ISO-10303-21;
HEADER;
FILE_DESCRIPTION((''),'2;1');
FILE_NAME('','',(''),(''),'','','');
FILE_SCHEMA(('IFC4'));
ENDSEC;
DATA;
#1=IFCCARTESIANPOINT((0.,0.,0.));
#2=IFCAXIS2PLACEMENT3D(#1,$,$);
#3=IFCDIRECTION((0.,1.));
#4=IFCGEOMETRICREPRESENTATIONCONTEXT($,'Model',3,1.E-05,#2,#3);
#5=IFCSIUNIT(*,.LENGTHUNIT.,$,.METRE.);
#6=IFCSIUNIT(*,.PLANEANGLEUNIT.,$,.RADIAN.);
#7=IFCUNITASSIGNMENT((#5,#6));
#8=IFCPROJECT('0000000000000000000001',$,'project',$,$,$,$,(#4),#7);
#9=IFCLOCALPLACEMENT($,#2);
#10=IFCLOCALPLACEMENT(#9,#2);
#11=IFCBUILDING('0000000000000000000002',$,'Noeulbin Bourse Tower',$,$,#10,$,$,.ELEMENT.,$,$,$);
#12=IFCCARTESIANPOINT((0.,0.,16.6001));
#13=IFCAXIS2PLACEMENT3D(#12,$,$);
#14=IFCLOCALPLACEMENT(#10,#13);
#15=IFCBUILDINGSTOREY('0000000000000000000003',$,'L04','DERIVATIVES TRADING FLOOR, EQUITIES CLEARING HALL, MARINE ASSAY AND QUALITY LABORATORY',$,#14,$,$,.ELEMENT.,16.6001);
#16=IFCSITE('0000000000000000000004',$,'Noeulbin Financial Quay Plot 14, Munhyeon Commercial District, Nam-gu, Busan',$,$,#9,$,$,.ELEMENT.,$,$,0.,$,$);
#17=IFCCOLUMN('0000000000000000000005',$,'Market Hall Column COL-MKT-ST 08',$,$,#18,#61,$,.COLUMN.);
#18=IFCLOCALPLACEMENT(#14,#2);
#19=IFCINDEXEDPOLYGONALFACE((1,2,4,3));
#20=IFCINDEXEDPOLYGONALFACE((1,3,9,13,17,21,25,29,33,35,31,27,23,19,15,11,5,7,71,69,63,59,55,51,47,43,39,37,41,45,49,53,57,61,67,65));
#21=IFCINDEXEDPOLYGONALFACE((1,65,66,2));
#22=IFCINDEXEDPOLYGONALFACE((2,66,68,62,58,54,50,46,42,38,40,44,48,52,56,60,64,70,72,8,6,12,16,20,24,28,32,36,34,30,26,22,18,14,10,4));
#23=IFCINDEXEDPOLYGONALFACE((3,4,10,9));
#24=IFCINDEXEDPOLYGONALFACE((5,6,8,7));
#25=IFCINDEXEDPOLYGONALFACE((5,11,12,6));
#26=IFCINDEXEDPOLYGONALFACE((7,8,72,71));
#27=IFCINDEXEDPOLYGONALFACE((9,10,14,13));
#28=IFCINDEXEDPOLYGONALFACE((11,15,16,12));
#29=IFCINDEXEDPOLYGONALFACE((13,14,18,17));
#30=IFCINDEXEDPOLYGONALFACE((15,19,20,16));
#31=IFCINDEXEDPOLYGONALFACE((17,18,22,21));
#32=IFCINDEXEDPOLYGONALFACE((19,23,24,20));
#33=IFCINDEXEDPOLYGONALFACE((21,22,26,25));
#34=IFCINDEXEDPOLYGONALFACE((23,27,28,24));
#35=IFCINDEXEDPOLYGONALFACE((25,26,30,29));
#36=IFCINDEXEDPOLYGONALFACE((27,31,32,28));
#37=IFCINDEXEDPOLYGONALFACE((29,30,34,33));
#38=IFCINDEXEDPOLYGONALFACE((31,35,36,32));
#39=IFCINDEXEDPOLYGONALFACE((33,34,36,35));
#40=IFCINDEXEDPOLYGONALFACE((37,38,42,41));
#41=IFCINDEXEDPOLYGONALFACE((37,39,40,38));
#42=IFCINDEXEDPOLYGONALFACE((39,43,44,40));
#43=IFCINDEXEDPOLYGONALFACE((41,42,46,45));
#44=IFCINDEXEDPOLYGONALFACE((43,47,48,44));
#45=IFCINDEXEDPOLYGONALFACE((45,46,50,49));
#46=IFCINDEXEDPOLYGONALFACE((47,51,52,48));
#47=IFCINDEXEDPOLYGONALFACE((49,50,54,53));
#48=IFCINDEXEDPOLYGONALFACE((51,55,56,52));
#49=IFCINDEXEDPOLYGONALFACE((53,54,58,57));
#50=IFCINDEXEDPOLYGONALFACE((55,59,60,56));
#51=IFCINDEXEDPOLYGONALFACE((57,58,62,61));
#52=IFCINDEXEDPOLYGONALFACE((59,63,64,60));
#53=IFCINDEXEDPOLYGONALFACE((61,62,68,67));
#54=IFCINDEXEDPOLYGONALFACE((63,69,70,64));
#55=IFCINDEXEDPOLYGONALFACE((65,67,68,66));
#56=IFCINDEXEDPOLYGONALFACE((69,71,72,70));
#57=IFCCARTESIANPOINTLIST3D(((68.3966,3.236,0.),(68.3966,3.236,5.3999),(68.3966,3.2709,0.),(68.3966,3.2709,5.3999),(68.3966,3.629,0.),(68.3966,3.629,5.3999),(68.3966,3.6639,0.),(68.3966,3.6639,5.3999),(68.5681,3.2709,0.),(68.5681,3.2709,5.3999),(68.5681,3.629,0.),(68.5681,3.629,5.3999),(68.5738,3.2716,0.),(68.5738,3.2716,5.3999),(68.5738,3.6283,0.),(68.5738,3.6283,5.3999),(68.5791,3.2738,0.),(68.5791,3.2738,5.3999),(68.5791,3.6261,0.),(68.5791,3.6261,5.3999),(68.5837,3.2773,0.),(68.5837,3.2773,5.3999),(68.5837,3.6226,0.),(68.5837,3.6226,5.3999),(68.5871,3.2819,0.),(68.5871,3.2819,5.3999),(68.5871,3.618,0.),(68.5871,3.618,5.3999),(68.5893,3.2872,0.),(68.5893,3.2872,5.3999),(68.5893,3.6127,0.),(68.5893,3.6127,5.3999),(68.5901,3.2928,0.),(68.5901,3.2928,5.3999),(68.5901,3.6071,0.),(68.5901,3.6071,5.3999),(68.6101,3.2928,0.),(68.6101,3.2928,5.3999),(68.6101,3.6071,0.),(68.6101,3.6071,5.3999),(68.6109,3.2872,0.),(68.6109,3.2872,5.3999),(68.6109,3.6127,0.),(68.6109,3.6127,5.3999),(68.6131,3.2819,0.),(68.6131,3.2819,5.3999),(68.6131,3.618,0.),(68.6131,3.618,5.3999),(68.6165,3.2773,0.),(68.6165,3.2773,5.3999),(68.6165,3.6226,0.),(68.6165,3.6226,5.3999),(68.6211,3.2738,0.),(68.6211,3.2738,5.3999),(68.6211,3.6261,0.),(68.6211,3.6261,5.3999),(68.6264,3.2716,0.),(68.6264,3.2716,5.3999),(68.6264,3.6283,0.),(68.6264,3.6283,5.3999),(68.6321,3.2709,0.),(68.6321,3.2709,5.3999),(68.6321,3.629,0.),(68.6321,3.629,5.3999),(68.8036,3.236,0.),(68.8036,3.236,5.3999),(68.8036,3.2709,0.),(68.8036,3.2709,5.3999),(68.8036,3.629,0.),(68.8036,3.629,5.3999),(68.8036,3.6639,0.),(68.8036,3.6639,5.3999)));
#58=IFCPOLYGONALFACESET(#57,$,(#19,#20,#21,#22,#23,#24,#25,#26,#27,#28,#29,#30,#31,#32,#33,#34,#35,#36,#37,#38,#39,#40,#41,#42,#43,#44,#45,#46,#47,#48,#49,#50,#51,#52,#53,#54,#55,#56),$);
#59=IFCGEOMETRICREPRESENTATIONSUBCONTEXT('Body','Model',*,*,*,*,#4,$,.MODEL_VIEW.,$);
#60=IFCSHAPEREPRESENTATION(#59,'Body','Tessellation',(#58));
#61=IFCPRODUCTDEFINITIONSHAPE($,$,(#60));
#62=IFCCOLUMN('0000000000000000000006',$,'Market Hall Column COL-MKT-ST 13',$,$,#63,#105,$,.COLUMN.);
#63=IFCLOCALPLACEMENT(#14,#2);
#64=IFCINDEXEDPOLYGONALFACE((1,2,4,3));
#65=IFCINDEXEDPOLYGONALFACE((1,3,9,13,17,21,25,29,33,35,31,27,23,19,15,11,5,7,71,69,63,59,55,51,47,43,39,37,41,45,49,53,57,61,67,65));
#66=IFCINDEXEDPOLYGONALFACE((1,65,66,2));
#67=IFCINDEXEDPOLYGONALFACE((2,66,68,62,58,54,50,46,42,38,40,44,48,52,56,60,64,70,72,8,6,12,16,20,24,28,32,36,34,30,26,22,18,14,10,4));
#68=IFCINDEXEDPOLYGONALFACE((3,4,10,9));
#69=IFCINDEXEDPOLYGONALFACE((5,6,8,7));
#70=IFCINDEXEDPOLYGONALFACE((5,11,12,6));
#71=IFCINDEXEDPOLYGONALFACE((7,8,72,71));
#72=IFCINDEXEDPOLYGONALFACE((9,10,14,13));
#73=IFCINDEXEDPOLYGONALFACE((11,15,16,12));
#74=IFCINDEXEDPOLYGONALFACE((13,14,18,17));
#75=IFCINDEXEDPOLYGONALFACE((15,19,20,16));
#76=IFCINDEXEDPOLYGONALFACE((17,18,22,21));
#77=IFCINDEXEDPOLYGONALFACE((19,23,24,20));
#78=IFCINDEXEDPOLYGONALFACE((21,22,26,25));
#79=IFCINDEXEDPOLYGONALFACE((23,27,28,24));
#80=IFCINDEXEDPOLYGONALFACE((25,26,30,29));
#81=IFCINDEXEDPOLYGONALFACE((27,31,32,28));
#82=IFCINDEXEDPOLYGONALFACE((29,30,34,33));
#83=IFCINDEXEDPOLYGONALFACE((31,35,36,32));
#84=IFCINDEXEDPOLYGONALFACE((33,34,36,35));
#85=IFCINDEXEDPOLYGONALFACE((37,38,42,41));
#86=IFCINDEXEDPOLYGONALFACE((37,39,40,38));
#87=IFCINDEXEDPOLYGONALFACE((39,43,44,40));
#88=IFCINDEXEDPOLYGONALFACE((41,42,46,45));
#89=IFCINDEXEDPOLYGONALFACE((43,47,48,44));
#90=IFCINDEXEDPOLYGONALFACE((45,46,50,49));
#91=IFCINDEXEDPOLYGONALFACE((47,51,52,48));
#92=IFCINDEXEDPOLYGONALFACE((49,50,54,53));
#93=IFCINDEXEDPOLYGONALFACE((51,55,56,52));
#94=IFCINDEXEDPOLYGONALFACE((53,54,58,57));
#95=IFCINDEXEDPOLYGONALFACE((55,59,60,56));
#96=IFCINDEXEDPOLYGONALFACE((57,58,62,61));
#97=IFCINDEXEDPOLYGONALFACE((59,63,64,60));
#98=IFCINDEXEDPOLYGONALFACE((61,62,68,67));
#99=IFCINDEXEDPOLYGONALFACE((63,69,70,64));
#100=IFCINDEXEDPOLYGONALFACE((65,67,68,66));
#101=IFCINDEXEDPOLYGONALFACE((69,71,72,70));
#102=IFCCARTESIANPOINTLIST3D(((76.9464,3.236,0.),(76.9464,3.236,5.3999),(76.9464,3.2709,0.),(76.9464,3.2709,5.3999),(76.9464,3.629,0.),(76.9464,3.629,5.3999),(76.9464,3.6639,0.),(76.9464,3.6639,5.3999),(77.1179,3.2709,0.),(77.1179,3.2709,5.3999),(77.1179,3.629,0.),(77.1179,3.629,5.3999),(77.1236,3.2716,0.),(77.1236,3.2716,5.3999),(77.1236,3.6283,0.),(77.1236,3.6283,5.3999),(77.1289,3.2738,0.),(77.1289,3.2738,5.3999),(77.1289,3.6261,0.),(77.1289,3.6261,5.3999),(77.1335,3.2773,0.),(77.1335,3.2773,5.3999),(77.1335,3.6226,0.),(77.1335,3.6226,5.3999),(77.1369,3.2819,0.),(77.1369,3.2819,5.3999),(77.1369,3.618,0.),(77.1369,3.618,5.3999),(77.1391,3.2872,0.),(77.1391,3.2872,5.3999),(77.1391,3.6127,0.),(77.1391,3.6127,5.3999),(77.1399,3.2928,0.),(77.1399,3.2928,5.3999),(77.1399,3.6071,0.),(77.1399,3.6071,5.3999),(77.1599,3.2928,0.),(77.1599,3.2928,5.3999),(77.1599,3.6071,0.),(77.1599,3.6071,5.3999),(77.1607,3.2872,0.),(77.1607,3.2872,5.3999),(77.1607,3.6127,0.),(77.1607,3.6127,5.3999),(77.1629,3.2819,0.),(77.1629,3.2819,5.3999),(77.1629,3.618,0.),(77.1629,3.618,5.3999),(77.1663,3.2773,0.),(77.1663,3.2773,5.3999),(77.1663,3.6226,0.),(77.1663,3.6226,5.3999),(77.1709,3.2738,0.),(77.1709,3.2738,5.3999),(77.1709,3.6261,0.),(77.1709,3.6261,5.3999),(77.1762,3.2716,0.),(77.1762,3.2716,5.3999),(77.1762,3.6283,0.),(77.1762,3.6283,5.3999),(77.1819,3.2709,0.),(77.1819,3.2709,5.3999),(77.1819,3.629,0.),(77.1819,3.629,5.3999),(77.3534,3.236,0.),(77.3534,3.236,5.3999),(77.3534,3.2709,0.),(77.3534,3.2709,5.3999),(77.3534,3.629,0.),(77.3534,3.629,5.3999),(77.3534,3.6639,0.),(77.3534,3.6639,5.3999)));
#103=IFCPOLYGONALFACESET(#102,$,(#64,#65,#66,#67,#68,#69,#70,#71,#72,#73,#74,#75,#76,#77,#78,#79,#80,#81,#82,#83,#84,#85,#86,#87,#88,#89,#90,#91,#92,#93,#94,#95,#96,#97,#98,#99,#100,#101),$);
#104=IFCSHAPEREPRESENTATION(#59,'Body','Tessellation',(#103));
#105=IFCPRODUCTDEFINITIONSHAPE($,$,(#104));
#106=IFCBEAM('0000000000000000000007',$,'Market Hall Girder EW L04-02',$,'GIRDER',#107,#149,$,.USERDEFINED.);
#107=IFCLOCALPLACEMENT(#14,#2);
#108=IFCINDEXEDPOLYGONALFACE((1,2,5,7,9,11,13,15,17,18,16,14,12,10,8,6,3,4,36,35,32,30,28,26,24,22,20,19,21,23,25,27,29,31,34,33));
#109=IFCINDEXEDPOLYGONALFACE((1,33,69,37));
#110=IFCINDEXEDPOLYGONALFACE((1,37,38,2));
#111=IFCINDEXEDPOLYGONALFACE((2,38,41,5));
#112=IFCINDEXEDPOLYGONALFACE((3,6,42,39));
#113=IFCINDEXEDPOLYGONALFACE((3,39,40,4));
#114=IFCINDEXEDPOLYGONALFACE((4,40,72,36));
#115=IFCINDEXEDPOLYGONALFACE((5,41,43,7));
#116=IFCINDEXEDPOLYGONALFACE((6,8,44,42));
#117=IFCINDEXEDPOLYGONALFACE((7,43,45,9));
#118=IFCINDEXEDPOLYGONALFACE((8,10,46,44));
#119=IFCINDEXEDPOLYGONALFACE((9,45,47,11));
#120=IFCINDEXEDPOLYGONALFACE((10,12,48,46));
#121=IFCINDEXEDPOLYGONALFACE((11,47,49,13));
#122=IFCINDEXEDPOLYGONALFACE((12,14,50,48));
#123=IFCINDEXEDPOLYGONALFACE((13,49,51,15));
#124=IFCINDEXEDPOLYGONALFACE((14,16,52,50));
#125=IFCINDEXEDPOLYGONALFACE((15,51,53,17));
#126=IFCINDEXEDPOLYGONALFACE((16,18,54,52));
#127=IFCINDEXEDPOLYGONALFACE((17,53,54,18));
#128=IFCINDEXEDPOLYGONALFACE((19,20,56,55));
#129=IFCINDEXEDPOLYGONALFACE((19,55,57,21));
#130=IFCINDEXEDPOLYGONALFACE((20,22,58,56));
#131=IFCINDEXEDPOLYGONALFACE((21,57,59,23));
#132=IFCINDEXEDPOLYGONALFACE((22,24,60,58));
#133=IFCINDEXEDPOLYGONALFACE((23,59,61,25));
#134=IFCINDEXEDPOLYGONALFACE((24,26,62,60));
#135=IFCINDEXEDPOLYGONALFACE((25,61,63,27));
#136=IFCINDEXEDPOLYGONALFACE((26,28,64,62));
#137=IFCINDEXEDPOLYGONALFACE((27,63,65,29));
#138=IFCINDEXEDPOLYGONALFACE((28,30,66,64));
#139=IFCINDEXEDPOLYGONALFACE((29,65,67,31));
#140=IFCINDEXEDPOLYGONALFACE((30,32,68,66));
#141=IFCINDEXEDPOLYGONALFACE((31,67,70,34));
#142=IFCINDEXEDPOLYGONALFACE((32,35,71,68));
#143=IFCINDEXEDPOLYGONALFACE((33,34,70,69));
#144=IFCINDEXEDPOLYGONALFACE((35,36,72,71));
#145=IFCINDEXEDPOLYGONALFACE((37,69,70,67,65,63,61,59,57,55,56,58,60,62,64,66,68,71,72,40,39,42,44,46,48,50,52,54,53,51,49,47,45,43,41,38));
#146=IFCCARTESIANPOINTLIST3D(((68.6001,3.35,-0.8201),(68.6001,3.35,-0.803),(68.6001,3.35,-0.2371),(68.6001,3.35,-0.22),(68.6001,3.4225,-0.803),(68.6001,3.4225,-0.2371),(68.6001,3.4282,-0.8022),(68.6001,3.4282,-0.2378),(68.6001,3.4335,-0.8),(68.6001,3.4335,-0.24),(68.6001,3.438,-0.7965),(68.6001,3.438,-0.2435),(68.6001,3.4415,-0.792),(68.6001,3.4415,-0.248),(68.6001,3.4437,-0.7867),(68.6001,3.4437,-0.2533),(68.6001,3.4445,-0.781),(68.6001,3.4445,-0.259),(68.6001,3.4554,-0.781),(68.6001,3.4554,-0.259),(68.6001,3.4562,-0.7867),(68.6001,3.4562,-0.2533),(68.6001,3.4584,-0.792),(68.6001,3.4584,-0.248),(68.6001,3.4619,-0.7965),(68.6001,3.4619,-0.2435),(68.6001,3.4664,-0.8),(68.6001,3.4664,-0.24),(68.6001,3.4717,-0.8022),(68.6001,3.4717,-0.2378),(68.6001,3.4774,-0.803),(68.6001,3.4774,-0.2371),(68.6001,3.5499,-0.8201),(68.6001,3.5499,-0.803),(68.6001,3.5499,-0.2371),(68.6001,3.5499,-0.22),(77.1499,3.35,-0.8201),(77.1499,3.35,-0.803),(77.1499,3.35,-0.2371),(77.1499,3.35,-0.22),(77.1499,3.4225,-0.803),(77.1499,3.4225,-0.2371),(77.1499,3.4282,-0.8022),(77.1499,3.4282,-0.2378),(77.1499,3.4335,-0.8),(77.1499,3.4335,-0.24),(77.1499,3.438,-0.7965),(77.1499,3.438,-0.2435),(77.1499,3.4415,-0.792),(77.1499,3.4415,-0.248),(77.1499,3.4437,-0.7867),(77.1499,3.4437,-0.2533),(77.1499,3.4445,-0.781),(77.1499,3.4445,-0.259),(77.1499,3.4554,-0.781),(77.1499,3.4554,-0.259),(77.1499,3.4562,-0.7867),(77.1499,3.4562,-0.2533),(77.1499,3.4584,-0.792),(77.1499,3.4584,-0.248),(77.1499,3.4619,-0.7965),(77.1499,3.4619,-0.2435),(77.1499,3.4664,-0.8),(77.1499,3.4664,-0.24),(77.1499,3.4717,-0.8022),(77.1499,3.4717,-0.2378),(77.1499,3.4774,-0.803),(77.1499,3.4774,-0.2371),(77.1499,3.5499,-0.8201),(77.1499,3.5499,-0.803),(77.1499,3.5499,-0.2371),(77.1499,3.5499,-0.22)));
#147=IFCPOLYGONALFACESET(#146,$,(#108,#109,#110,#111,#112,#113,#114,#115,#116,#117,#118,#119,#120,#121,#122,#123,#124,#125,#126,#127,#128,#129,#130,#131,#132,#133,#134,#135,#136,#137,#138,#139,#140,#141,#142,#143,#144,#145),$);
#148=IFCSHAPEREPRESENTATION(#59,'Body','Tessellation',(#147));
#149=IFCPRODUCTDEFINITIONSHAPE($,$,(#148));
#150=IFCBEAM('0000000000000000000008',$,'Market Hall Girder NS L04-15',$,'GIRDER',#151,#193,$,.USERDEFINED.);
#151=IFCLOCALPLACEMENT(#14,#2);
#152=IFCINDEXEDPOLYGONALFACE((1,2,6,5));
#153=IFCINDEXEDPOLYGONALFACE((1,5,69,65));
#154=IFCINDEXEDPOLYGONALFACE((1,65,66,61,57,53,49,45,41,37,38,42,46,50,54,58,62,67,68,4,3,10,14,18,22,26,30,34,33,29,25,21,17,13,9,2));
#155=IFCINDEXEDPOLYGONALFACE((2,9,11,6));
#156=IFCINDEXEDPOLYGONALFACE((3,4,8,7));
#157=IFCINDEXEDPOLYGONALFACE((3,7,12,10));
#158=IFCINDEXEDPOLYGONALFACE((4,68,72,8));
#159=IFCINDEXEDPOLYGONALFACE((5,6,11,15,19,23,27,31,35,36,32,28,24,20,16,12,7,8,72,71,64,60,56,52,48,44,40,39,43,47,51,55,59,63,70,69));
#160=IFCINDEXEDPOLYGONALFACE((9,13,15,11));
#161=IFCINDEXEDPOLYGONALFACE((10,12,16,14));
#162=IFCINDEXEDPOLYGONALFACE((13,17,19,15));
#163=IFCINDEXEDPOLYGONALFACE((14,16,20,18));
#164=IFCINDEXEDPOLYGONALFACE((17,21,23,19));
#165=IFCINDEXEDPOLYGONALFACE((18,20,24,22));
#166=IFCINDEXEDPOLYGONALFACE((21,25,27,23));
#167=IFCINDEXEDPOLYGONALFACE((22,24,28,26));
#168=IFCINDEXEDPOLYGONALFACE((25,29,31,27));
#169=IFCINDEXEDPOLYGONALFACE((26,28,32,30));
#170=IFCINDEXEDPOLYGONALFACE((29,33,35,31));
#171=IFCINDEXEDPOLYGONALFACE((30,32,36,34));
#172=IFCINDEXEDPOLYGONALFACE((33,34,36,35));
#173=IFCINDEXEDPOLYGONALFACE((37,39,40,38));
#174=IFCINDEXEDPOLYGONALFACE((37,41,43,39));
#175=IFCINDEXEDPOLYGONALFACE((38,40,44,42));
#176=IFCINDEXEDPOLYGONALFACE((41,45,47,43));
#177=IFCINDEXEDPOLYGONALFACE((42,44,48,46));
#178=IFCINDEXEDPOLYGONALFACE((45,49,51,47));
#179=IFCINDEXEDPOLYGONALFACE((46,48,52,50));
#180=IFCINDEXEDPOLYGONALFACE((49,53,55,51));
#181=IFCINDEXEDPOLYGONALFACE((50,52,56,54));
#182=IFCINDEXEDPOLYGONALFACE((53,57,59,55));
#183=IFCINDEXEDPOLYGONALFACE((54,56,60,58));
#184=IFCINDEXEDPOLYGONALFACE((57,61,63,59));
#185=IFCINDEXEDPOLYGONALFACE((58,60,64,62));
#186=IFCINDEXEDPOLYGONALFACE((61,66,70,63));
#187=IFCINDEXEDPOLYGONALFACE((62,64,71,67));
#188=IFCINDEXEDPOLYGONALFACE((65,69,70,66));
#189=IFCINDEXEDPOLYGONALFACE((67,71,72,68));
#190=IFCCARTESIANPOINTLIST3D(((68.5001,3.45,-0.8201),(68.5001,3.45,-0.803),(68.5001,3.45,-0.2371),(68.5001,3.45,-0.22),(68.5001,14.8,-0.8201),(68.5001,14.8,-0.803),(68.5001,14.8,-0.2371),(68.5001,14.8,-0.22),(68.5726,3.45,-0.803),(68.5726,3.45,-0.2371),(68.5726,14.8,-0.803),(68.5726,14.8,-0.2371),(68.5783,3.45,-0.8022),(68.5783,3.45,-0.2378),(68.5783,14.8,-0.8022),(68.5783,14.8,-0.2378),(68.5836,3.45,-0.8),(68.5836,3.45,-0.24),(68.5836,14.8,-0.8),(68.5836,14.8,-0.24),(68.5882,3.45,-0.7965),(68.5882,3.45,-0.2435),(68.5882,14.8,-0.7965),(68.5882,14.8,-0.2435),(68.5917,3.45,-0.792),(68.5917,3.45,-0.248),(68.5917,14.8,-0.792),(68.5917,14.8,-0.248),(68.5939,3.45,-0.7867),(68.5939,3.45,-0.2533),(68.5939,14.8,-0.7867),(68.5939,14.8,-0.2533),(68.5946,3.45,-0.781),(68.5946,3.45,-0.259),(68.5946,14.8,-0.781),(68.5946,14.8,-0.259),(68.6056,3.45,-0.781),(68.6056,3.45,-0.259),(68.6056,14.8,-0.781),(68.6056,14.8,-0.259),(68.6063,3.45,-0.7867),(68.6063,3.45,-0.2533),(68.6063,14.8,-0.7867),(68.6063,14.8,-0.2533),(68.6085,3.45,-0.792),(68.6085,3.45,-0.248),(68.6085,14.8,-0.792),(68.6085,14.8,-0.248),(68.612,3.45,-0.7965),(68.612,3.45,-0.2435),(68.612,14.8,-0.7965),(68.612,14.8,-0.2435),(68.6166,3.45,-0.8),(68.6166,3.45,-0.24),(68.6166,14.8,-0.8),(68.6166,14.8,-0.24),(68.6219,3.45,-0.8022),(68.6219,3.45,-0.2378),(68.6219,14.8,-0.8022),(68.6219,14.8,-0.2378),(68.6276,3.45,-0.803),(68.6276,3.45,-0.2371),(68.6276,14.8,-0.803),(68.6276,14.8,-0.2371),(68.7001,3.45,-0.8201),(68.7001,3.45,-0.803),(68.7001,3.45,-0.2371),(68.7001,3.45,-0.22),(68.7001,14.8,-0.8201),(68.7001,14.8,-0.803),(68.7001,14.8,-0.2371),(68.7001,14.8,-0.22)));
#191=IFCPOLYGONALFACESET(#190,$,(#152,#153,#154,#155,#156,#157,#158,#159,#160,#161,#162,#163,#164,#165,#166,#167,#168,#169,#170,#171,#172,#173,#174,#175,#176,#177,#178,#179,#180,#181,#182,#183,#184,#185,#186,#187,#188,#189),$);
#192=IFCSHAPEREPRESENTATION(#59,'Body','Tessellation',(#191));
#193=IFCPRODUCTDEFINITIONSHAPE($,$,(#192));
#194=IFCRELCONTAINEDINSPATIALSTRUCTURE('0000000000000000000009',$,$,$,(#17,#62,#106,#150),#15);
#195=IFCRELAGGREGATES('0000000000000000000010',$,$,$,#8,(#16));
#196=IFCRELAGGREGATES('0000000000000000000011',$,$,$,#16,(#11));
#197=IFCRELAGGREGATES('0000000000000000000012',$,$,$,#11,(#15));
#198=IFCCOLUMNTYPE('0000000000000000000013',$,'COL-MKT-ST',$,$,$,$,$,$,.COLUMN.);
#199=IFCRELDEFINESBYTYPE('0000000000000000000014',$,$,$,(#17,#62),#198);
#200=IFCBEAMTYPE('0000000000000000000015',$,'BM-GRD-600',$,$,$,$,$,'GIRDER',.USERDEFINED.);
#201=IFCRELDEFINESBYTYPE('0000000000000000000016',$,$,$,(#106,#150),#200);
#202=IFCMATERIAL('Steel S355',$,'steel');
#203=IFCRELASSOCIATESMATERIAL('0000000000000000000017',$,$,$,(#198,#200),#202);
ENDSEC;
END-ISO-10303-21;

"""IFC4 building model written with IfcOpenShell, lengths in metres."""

from ifc_helpers import new_model, si_unit, direction, frame, origin, origin_2d, place, context, subcontext, project, spatial, i_section, extrude, material, material_profile, profile_set, type_object, element, save


model = new_model("IFC4")

# Units and contexts
model_context = context("Model", 3, precision=1e-05, world=origin(), true_north=direction((0.0, 1.0)))
body_context = subcontext(model_context, "Body", "Model", "MODEL_VIEW")
ifc_project = project(units=[si_unit("LENGTHUNIT", "METRE"), si_unit("PLANEANGLEUNIT", "RADIAN")], contexts=[model_context])

# Site, building, storey
site_placement = place(None, origin())
site = spatial("IfcSite", under=ifc_project, at=site_placement, Name="Noeulbin Financial Quay Plot 14, Munhyeon Commercial District, Nam-gu, Busan", CompositionType="ELEMENT", RefElevation=0.0)
building_placement = place(site_placement, origin())
building = spatial("IfcBuilding", under=site, at=building_placement, Name="Noeulbin Bourse Tower", CompositionType="ELEMENT")
storey_placement = place(building_placement, frame((0.0, 0.0, 16.6001)))
storey = spatial("IfcBuildingStorey", under=building, at=storey_placement, Name="L04", Description="DERIVATIVES TRADING FLOOR, EQUITIES CLEARING HALL, MARINE ASSAY AND QUALITY LABORATORY", CompositionType="ELEMENT", Elevation=16.6001)

# Columns
ifc_material_1 = material(Name="Steel S355", Category="steel")
ifc_material_profile_1 = material_profile(ifc_material_1, i_section(OverallWidth=0.407, OverallDepth=0.428, WebThickness=0.02, FlangeThickness=0.0349, FilletRadius=0.022, at=origin_2d()), Name="H-428x407x20x35", Category="LoadBearing")
ifc_profile_set_1 = profile_set([ifc_material_profile_1], Name="Steel S355")
column_type = type_object("IfcColumnType", Name="COL-MKT-ST", PredefinedType="COLUMN", material=ifc_profile_set_1)
for number, where, z_axis, x_axis, name in (
    (1, (68.6001, 3.45, 0.0), (0.0, 0.0, 1.0), (1.0, 0.0, 0.0), "Market Hall Column COL-MKT-ST 08"),
    (2, (77.1499, 3.45, 0.0), (0.0, 0.0, 1.0), (1.0, 0.0, 0.0), "Market Hall Column COL-MKT-ST 13"),
):
    element("IfcColumn", number, at=place(storey_placement, frame(where, z_axis=z_axis, x_axis=x_axis)), inside=storey, type_object=column_type, Name=name, PredefinedType="COLUMN", context=body_context, shape_type="SweptSolid", body=[
        extrude(i_section(OverallWidth=0.407, OverallDepth=0.428, WebThickness=0.02, FlangeThickness=0.0349, FilletRadius=0.022, at=origin_2d()), origin(), (0.0, 0.0, 1.0), 5.3999),
    ])

# Beams
ifc_material_profile_2 = material_profile(ifc_material_1, i_section(OverallWidth=0.2, OverallDepth=0.6001, WebThickness=0.011, FlangeThickness=0.0171, FilletRadius=0.022, at=origin_2d()), Name="H-600x200x11x17", Category="LoadBearing")
ifc_profile_set_2 = profile_set([ifc_material_profile_2], Name="Steel S355")
beam_type_1 = type_object("IfcBeamType", Name="BM-GRD-600", ElementType="GIRDER", PredefinedType="USERDEFINED", material=ifc_profile_set_2)
beam_1_placement = place(storey_placement, frame((68.6001, 3.45, -0.52), z_axis=(1.0, 0.0, 0.0), x_axis=(0.0, 1.0, 0.0)))
element("IfcBeam", 3, at=beam_1_placement, inside=storey, type_object=beam_type_1, Name="Market Hall Girder EW L04-02", ObjectType="GIRDER", PredefinedType="USERDEFINED", context=body_context, shape_type="SweptSolid", body=[
    extrude(i_section(OverallWidth=0.2, OverallDepth=0.6001, WebThickness=0.011, FlangeThickness=0.0171, FilletRadius=0.022, at=origin_2d()), origin(), (0.0, 0.0, 1.0), 8.5498),
])
for number, where, z_axis, x_axis, name in (
    (4, (68.6001, 3.45, -0.52), (0.0, 1.0, 0.0), (-1.0, 0.0, 0.0), "Market Hall Girder NS L04-15"),
):
    element("IfcBeam", number, at=place(storey_placement, frame(where, z_axis=z_axis, x_axis=x_axis)), inside=storey, type_object=beam_type_1, Name=name, ObjectType="GIRDER", PredefinedType="USERDEFINED", context=body_context, shape_type="SweptSolid", body=[
        extrude(i_section(OverallWidth=0.2, OverallDepth=0.6001, WebThickness=0.011, FlangeThickness=0.0171, FilletRadius=0.022, at=origin_2d()), origin(), (0.0, 0.0, 1.0), 11.3501),
    ])

save(model, "model.ifc")
